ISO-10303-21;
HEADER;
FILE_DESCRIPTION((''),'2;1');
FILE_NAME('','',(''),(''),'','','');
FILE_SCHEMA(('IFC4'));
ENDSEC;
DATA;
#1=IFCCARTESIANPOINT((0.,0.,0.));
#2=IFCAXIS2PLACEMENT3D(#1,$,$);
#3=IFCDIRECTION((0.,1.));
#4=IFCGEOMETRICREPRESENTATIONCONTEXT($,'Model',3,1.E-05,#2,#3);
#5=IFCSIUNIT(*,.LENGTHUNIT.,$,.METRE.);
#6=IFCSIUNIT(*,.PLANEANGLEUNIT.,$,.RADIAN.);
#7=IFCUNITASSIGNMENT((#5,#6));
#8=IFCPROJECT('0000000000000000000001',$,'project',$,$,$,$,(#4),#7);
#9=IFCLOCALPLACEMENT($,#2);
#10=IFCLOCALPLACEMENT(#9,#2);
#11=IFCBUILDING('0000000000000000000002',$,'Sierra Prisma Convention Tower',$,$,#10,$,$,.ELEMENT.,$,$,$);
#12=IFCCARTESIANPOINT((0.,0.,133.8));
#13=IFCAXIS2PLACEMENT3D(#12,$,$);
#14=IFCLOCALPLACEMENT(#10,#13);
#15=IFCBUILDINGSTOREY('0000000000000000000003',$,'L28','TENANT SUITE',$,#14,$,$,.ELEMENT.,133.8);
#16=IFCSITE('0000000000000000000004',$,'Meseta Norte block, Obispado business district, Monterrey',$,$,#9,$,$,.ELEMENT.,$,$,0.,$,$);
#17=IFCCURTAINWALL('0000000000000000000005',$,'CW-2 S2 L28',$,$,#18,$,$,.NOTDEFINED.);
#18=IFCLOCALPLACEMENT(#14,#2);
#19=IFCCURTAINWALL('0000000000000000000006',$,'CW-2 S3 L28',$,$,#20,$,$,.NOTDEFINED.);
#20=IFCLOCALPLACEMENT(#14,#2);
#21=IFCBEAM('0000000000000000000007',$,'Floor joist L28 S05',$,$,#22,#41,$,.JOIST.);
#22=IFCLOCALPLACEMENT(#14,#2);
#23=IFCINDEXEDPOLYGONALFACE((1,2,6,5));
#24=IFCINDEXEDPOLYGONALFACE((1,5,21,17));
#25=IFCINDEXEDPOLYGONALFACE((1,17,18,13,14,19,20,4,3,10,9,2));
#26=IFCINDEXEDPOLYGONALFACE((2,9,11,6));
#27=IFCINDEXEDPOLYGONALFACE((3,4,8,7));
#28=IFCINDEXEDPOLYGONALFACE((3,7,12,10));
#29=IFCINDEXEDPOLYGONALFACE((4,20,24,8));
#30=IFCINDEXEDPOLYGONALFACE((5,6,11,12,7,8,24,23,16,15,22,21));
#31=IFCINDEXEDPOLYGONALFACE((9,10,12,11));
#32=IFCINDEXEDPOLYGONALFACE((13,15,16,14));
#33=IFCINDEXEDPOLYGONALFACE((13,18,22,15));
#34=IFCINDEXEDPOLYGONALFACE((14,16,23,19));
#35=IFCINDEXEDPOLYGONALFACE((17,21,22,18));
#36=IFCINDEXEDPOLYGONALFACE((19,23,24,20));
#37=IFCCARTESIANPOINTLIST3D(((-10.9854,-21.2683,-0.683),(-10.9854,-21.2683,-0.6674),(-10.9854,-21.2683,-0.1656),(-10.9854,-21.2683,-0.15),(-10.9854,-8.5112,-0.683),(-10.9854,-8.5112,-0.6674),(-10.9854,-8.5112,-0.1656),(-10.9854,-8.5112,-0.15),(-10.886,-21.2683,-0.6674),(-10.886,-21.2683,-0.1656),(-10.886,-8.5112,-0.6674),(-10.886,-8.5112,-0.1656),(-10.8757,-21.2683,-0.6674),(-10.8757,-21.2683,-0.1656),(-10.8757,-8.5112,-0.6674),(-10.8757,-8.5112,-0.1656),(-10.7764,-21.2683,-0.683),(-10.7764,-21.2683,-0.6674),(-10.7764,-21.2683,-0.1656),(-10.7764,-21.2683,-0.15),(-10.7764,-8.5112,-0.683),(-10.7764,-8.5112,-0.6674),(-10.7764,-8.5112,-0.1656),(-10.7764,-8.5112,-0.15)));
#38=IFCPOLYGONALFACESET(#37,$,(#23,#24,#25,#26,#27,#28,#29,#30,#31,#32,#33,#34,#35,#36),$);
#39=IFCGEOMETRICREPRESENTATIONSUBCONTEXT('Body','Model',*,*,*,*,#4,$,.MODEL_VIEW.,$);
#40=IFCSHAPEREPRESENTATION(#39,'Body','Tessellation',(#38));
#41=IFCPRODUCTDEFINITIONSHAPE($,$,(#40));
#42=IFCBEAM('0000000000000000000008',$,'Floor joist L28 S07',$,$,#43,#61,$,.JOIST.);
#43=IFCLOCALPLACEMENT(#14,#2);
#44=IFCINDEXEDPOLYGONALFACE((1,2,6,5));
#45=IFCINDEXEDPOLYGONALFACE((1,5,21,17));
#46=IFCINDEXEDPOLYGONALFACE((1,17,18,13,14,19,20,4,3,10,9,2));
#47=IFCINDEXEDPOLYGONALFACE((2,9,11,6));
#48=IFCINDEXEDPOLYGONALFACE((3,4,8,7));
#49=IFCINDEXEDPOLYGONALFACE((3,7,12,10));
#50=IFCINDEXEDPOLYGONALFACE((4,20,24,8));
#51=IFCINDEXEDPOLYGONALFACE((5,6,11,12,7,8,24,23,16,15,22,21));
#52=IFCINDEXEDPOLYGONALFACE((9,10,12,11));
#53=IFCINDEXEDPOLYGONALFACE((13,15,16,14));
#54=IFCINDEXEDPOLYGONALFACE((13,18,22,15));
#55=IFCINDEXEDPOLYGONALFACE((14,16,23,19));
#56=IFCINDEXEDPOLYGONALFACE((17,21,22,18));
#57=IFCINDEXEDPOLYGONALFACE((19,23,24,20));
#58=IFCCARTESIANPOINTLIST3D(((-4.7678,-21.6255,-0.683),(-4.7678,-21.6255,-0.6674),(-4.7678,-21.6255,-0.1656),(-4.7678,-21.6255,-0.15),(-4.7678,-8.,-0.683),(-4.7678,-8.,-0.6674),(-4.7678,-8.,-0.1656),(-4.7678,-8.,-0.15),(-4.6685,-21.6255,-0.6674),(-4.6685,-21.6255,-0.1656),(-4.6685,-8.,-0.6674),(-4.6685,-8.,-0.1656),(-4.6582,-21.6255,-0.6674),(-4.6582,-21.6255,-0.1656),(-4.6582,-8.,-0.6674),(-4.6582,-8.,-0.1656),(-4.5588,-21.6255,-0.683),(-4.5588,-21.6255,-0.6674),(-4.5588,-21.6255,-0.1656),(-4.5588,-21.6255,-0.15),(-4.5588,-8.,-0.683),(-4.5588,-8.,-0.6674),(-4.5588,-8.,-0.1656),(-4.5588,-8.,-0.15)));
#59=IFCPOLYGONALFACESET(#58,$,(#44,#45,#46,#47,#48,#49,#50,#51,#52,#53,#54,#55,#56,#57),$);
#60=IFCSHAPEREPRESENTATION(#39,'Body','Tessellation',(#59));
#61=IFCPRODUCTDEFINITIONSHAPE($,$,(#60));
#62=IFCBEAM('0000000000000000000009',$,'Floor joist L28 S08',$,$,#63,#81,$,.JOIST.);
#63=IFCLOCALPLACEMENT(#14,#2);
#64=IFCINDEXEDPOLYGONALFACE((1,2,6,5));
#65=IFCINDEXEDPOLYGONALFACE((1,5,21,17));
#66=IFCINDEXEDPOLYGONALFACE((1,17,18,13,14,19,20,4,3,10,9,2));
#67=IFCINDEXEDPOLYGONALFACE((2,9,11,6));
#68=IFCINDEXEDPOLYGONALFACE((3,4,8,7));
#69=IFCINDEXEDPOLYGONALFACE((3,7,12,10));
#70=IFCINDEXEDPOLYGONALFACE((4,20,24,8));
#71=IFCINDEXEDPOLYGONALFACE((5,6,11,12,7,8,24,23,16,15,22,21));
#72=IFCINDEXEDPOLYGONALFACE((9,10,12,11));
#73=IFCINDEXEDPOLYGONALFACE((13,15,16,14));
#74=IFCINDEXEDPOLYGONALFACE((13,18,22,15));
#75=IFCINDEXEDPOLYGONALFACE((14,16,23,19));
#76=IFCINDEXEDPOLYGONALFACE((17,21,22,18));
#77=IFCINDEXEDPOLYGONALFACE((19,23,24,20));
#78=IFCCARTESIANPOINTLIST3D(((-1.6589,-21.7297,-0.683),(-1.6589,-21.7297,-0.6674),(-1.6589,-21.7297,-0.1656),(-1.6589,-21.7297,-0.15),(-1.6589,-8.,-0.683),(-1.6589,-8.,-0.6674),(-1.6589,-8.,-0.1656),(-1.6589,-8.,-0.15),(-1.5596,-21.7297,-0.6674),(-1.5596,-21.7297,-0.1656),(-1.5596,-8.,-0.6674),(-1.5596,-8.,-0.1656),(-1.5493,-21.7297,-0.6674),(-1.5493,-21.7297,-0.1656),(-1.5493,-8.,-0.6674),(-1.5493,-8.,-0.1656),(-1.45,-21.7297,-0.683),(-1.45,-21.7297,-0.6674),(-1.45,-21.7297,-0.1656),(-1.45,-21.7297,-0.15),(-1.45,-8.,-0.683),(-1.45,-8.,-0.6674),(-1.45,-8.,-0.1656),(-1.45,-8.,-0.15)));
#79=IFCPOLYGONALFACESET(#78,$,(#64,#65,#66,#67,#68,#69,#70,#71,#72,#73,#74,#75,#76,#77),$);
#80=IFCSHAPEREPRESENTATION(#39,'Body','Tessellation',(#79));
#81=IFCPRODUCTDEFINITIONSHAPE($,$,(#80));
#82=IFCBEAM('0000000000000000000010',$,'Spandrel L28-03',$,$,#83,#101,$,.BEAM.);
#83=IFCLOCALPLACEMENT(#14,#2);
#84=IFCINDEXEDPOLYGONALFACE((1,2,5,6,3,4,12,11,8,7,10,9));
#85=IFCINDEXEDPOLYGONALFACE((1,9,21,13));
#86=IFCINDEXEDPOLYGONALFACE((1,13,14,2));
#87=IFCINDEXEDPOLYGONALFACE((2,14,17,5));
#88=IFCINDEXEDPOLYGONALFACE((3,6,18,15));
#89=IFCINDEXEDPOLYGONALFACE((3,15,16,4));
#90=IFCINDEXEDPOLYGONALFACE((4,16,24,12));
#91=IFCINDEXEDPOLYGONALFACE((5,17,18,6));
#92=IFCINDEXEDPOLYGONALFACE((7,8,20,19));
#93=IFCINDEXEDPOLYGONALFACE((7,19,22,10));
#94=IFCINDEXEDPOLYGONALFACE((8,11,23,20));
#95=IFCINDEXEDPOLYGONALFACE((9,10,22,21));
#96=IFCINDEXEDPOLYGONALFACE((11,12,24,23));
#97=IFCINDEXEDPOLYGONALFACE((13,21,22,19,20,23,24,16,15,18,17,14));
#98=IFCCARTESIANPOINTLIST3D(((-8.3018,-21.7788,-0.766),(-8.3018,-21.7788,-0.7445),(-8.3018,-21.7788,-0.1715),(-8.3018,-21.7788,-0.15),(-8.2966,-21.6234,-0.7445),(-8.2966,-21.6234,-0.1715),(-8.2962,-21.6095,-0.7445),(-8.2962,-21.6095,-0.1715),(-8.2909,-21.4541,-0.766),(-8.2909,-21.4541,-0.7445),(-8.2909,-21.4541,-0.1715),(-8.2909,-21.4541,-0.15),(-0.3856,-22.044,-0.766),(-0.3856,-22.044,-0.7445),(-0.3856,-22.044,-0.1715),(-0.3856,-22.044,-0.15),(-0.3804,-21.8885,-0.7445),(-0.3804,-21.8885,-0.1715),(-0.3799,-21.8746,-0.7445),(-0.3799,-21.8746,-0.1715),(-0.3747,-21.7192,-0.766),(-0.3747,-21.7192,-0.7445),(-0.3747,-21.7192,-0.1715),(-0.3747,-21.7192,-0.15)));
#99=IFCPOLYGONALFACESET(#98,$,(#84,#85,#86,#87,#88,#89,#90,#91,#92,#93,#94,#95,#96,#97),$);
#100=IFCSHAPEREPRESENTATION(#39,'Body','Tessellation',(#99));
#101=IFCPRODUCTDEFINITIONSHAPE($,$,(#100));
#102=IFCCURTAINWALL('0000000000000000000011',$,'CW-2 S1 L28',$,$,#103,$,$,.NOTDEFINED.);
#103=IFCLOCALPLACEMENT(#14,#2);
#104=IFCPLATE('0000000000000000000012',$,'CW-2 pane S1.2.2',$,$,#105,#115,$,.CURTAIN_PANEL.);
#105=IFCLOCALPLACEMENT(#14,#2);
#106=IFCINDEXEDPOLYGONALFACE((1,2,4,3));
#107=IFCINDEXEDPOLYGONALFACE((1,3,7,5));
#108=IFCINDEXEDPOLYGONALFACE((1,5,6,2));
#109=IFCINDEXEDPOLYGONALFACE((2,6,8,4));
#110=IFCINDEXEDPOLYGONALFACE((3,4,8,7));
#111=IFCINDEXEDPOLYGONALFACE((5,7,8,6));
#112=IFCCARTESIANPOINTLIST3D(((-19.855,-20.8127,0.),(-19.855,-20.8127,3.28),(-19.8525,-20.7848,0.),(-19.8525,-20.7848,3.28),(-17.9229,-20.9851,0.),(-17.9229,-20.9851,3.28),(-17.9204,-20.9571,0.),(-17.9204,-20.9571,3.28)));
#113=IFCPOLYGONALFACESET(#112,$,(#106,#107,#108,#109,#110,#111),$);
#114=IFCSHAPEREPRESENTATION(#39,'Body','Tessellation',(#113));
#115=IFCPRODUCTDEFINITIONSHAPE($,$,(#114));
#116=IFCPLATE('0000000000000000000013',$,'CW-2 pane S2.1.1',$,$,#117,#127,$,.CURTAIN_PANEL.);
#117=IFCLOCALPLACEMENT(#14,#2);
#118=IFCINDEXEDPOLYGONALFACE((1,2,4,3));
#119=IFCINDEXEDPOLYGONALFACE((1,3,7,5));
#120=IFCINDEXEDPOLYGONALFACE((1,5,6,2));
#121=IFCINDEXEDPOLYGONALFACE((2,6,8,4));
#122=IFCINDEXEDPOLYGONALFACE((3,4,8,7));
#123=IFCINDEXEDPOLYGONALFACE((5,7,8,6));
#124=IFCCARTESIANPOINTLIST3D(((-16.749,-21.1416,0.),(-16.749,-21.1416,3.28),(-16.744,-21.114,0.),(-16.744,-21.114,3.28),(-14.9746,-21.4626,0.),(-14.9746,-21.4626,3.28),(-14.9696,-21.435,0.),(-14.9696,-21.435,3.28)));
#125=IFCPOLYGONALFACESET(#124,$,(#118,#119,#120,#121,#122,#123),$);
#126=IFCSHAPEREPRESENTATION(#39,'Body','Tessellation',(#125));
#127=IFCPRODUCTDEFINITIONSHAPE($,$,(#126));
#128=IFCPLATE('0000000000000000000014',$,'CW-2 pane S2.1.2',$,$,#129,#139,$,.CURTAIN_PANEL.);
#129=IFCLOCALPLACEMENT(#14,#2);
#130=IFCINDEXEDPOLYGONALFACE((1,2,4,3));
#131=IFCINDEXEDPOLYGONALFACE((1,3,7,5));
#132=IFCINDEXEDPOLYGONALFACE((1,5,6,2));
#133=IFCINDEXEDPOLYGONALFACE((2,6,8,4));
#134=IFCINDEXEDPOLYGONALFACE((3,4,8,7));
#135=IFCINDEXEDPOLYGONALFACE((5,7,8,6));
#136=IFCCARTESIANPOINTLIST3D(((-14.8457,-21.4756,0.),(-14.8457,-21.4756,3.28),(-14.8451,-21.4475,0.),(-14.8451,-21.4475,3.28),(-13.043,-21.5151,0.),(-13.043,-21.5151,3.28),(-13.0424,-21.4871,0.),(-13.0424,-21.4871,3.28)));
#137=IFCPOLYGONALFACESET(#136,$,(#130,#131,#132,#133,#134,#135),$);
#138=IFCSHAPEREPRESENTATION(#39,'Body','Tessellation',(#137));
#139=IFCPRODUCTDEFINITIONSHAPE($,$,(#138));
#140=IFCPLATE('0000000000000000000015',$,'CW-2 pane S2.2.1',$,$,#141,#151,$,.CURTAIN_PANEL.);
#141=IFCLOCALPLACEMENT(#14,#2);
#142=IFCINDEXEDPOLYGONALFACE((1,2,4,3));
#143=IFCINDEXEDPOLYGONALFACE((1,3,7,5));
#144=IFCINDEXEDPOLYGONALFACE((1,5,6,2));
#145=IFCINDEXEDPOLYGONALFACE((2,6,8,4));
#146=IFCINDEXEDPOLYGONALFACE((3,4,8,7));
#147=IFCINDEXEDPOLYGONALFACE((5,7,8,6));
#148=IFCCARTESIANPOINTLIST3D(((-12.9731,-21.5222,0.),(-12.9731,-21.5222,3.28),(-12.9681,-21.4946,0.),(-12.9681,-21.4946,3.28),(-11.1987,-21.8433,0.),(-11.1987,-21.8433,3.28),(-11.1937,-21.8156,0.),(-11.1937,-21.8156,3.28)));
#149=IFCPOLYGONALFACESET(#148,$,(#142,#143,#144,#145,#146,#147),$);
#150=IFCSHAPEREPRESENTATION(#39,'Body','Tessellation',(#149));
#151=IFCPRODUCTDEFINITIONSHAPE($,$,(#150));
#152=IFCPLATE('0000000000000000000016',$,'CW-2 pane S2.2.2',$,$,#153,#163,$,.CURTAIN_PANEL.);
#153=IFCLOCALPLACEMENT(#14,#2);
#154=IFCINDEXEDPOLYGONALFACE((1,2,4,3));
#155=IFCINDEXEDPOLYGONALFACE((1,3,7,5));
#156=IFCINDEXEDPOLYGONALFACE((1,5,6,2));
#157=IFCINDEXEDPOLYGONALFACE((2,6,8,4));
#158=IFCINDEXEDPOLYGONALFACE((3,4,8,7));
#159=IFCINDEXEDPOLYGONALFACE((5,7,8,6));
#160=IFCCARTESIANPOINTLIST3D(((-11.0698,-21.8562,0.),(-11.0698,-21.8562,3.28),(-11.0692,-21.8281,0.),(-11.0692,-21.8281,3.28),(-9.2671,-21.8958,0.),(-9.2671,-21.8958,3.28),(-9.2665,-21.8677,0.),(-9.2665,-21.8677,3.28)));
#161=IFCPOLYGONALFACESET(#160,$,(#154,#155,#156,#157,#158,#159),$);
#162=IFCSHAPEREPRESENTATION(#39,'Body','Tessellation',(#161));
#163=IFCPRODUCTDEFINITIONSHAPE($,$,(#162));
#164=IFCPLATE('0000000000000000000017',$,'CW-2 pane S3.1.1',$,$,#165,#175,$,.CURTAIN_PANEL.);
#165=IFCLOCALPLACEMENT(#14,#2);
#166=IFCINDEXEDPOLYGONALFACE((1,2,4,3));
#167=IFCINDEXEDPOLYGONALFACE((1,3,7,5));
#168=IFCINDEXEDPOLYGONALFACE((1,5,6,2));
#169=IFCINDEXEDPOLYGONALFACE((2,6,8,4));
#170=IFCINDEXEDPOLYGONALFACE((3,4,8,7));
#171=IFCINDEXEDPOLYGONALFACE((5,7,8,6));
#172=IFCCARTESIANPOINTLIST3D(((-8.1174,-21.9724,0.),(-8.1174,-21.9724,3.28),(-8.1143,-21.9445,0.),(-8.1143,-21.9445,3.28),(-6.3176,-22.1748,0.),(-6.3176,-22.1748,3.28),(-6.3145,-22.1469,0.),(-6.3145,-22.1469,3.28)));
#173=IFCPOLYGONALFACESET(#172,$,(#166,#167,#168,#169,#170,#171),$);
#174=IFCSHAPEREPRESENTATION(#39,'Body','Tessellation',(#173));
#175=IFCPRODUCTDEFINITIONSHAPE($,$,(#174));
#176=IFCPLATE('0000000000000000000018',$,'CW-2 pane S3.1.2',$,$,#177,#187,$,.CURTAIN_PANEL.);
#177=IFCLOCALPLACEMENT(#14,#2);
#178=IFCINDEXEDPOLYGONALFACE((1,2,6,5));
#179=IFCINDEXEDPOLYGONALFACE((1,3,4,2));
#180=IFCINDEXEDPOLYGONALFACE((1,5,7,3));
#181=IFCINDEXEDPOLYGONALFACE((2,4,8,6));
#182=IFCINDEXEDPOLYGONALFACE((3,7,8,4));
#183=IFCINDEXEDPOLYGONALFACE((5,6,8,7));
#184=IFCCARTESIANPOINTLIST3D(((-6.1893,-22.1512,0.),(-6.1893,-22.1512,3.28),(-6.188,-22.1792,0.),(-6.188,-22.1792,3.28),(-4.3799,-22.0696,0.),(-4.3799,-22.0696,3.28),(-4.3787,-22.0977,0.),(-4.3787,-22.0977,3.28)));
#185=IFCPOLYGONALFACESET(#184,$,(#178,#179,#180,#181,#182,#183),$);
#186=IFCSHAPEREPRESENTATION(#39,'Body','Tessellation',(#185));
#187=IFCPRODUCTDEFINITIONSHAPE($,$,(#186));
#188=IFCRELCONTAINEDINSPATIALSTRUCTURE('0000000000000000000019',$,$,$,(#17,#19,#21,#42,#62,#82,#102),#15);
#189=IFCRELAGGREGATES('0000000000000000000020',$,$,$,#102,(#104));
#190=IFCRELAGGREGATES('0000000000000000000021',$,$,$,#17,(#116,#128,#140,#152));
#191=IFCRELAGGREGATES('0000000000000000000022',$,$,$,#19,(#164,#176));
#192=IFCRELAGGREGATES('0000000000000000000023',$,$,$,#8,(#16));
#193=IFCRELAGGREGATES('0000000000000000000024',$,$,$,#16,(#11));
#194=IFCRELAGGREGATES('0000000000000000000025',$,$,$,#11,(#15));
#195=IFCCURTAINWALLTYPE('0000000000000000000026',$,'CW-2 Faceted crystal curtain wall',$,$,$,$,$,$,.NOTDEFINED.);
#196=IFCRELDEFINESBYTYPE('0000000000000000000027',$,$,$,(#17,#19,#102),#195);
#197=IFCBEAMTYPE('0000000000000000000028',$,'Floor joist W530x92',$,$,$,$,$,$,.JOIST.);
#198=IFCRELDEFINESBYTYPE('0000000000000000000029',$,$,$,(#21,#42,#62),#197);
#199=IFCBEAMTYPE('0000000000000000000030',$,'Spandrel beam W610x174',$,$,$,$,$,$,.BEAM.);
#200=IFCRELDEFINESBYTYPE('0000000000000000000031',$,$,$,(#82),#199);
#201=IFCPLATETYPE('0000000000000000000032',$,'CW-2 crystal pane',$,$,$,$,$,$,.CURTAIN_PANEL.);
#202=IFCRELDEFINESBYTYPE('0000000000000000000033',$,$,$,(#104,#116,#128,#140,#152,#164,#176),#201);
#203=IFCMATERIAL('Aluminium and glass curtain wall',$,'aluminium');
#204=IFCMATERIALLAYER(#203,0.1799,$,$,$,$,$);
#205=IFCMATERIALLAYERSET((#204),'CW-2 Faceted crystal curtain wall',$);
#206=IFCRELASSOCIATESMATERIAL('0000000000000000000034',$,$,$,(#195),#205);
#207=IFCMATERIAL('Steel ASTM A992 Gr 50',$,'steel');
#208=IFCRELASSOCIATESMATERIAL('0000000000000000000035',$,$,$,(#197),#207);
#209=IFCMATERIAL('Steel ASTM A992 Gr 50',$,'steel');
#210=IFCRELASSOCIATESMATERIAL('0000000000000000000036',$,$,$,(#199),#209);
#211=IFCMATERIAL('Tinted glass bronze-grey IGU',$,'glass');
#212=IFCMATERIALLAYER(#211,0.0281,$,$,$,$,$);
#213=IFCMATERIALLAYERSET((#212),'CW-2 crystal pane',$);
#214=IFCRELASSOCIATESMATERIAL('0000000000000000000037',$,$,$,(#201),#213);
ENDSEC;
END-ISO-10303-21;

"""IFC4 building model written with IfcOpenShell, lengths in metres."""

from ifc_helpers import new_model, si_unit, direction, frame, origin, origin_2d, place, context, subcontext, project, spatial, polyline, i_section, outline, extrude, material, layer, layer_set, material_profile, profile_set, type_object, element, aggregate, save


model = new_model("IFC4")

# Units and contexts
model_context = context("Model", 3, precision=1e-05, world=origin(), true_north=direction((0.0, 1.0)))
body_context = subcontext(model_context, "Body", "Model", "MODEL_VIEW")
ifc_project = project(units=[si_unit("LENGTHUNIT", "METRE"), si_unit("PLANEANGLEUNIT", "RADIAN")], contexts=[model_context])

# Site, building, storey
site_placement = place(None, origin())
site = spatial("IfcSite", under=ifc_project, at=site_placement, Name="Meseta Norte block, Obispado business district, Monterrey", CompositionType="ELEMENT", RefElevation=0.0)
building_placement = place(site_placement, origin())
building = spatial("IfcBuilding", under=site, at=building_placement, Name="Sierra Prisma Convention Tower", CompositionType="ELEMENT")
storey_placement = place(building_placement, frame((0.0, 0.0, 133.8)))
storey = spatial("IfcBuildingStorey", under=building, at=storey_placement, Name="L28", Description="TENANT SUITE", CompositionType="ELEMENT", Elevation=133.8)

# Curtain walls
ifc_material_1 = material(Name="Aluminium and glass curtain wall", Category="aluminium")
ifc_layer_1 = layer(ifc_material_1, 0.1799)
ifc_layer_set_1 = layer_set([ifc_layer_1], Name="CW-2 Faceted crystal curtain wall")
curtain_wall_type = type_object("IfcCurtainWallType", Name="CW-2 Faceted crystal curtain wall", PredefinedType="NOTDEFINED", material=ifc_layer_set_1)
curtain_wall_1_placement = place(storey_placement, origin())
curtain_wall_1 = element("IfcCurtainWall", 1, at=curtain_wall_1_placement, inside=storey, type_object=curtain_wall_type, Name="CW-2 S2 L28", PredefinedType="NOTDEFINED")
curtain_wall_2_placement = place(storey_placement, origin())
curtain_wall_2 = element("IfcCurtainWall", 2, at=curtain_wall_2_placement, inside=storey, type_object=curtain_wall_type, Name="CW-2 S3 L28", PredefinedType="NOTDEFINED")

# Beams
ifc_material_2 = material(Name="Steel ASTM A992 Gr 50", Category="steel")
ifc_material_profile_1 = material_profile(ifc_material_2, i_section(OverallWidth=0.209, OverallDepth=0.533, WebThickness=0.0103, FlangeThickness=0.0156, at=origin_2d()), Name="W530x92")
ifc_profile_set_1 = profile_set([ifc_material_profile_1], Name="Steel ASTM A992 Gr 50")
beam_type_1 = type_object("IfcBeamType", Name="Floor joist W530x92", PredefinedType="JOIST", material=ifc_profile_set_1)
beam_1_placement = place(storey_placement, frame((-10.8809, -21.2683, -0.4165), z_axis=(0.0, 1.0, 0.0), x_axis=(-1.0, 0.0, 0.0)))
element("IfcBeam", 3, at=beam_1_placement, inside=storey, type_object=beam_type_1, Name="Floor joist L28 S05", PredefinedType="JOIST", context=body_context, shape_type="SweptSolid", body=[
    extrude(i_section(OverallWidth=0.209, OverallDepth=0.533, WebThickness=0.0103, FlangeThickness=0.0156, at=origin_2d()), origin(), (0.0, 0.0, 1.0), 12.7571),
])
beam_2_placement = place(storey_placement, frame((-4.6633, -21.6255, -0.4165), z_axis=(0.0, 1.0, 0.0), x_axis=(-1.0, 0.0, 0.0)))
element("IfcBeam", 4, at=beam_2_placement, inside=storey, type_object=beam_type_1, Name="Floor joist L28 S07", PredefinedType="JOIST", context=body_context, shape_type="SweptSolid", body=[
    extrude(i_section(OverallWidth=0.209, OverallDepth=0.533, WebThickness=0.0103, FlangeThickness=0.0156, at=origin_2d()), origin(), (0.0, 0.0, 1.0), 13.6255),
])
beam_3_placement = place(storey_placement, frame((-1.5544, -21.7297, -0.4165), z_axis=(0.0, 1.0, 0.0), x_axis=(-1.0, 0.0, 0.0)))
element("IfcBeam", 5, at=beam_3_placement, inside=storey, type_object=beam_type_1, Name="Floor joist L28 S08", PredefinedType="JOIST", context=body_context, shape_type="SweptSolid", body=[
    extrude(i_section(OverallWidth=0.209, OverallDepth=0.533, WebThickness=0.0103, FlangeThickness=0.0156, at=origin_2d()), origin(), (0.0, 0.0, 1.0), 13.7297),
])
ifc_material_3 = material(Name="Steel ASTM A992 Gr 50", Category="steel")
ifc_material_profile_2 = material_profile(ifc_material_3, i_section(OverallWidth=0.325, OverallDepth=0.616, WebThickness=0.0139, FlangeThickness=0.0215, at=origin_2d()), Name="W610x174")
ifc_profile_set_2 = profile_set([ifc_material_profile_2], Name="Steel ASTM A992 Gr 50")
beam_type_2 = type_object("IfcBeamType", Name="Spandrel beam W610x174", PredefinedType="BEAM", material=ifc_profile_set_2)
beam_4_placement = place(storey_placement, frame((-8.2964, -21.6165, -0.458), z_axis=(0.99944, -0.033474, 0.0), x_axis=(0.033474, 0.99944, 0.0)))
element("IfcBeam", 6, at=beam_4_placement, inside=storey, type_object=beam_type_2, Name="Spandrel L28-03", PredefinedType="BEAM", context=body_context, shape_type="SweptSolid", body=[
    extrude(i_section(OverallWidth=0.325, OverallDepth=0.616, WebThickness=0.0139, FlangeThickness=0.0215, at=origin_2d()), origin(), (0.0, 0.0, 1.0), 7.9207),
])

# Curtain wall, plate
curtain_wall_3_placement = place(storey_placement, origin())
curtain_wall_3 = element("IfcCurtainWall", 7, at=curtain_wall_3_placement, inside=storey, type_object=curtain_wall_type, Name="CW-2 S1 L28", PredefinedType="NOTDEFINED")
ifc_material_4 = material(Name="Tinted glass bronze-grey IGU", Category="glass")
ifc_layer_2 = layer(ifc_material_4, 0.0281)
ifc_layer_set_2 = layer_set([ifc_layer_2], Name="CW-2 crystal pane")
plate_type = type_object("IfcPlateType", Name="CW-2 crystal pane", PredefinedType="CURTAIN_PANEL", material=ifc_layer_set_2)
plate_1_placement = place(storey_placement, frame((-17.9229, -20.9851, 0.0), z_axis=(-0.088856, -0.996044, 0.0), x_axis=(-0.996044, 0.088856, 0.0)))
plate_1 = element("IfcPlate", 8, at=plate_1_placement, type_object=plate_type, Name="CW-2 pane S1.2.2", PredefinedType="CURTAIN_PANEL", context=body_context, shape_type="SweptSolid", body=[
    extrude(outline(polyline([(0.0, 0.0), (1.9398, 0.0), (1.9398, -3.28), (0.0, -3.28), (0.0, 0.0)])), origin(), (0.0, 0.0, -1.0), 0.0281),
])
aggregate(curtain_wall_3, [plate_1])

# Plates
plate_2_placement = place(storey_placement, frame((-16.749, -21.1416, 0.0), z_axis=(-0.178039, -0.984023, 0.0), x_axis=(0.984023, -0.178039, 0.0)))
plate_2 = element("IfcPlate", 9, at=plate_2_placement, type_object=plate_type, Name="CW-2 pane S2.1.1", PredefinedType="CURTAIN_PANEL", context=body_context, shape_type="SweptSolid", body=[
    extrude(outline(polyline([(0.0, 0.0), (1.8032, 0.0), (1.8032, 3.28), (0.0, 3.28), (0.0, 0.0)])), origin(), (0.0, 0.0, -1.0), 0.0281),
])
plate_3_placement = place(storey_placement, frame((-13.043, -21.5151, 0.0), z_axis=(-0.021934, -0.999759, 0.0), x_axis=(-0.999759, 0.021934, 0.0)))
plate_3 = element("IfcPlate", 10, at=plate_3_placement, type_object=plate_type, Name="CW-2 pane S2.1.2", PredefinedType="CURTAIN_PANEL", context=body_context, shape_type="SweptSolid", body=[
    extrude(outline(polyline([(0.0, 0.0), (1.8032, 0.0), (1.8032, -3.28), (0.0, -3.28), (0.0, 0.0)])), origin(), (0.0, 0.0, -1.0), 0.0281),
])
plate_4_placement = place(storey_placement, frame((-12.9731, -21.5222, 0.0), z_axis=(-0.178039, -0.984023, 0.0), x_axis=(0.984023, -0.178039, 0.0)))
plate_4 = element("IfcPlate", 11, at=plate_4_placement, type_object=plate_type, Name="CW-2 pane S2.2.1", PredefinedType="CURTAIN_PANEL", context=body_context, shape_type="SweptSolid", body=[
    extrude(outline(polyline([(0.0, 0.0), (1.8032, 0.0), (1.8032, 3.28), (0.0, 3.28), (0.0, 0.0)])), origin(), (0.0, 0.0, -1.0), 0.0281),
])
plate_5_placement = place(storey_placement, frame((-9.2671, -21.8958, 0.0), z_axis=(-0.021934, -0.999759, 0.0), x_axis=(-0.999759, 0.021934, 0.0)))
plate_5 = element("IfcPlate", 12, at=plate_5_placement, type_object=plate_type, Name="CW-2 pane S2.2.2", PredefinedType="CURTAIN_PANEL", context=body_context, shape_type="SweptSolid", body=[
    extrude(outline(polyline([(0.0, 0.0), (1.8032, 0.0), (1.8032, -3.28), (0.0, -3.28), (0.0, 0.0)])), origin(), (0.0, 0.0, -1.0), 0.0281),
])
aggregate(curtain_wall_1, [plate_2, plate_3, plate_4, plate_5])
plate_6_placement = place(storey_placement, frame((-8.1174, -21.9724, 0.0), z_axis=(-0.111748, -0.993737, 0.0), x_axis=(0.993737, -0.111748, 0.0)))
plate_6 = element("IfcPlate", 13, at=plate_6_placement, type_object=plate_type, Name="CW-2 pane S3.1.1", PredefinedType="CURTAIN_PANEL", context=body_context, shape_type="SweptSolid", body=[
    extrude(outline(polyline([(0.0, 0.0), (1.8111, 0.0), (1.8111, 3.28), (0.0, 3.28), (0.0, 0.0)])), origin(), (0.0, 0.0, -1.0), 0.0281),
])
plate_7_placement = place(storey_placement, frame((-4.3787, -22.0977, 0.0), z_axis=(0.045022, -0.998986, 0.0), x_axis=(-0.998986, -0.045022, 0.0)))
plate_7 = element("IfcPlate", 14, at=plate_7_placement, type_object=plate_type, Name="CW-2 pane S3.1.2", PredefinedType="CURTAIN_PANEL", context=body_context, shape_type="SweptSolid", body=[
    extrude(outline(polyline([(0.0, 0.0), (1.8112, 0.0), (1.8112, -3.28), (0.0, -3.28), (0.0, 0.0)])), origin(), (0.0, 0.0, -1.0), 0.0281),
])
aggregate(curtain_wall_2, [plate_6, plate_7])

save(model, "model.ifc")
